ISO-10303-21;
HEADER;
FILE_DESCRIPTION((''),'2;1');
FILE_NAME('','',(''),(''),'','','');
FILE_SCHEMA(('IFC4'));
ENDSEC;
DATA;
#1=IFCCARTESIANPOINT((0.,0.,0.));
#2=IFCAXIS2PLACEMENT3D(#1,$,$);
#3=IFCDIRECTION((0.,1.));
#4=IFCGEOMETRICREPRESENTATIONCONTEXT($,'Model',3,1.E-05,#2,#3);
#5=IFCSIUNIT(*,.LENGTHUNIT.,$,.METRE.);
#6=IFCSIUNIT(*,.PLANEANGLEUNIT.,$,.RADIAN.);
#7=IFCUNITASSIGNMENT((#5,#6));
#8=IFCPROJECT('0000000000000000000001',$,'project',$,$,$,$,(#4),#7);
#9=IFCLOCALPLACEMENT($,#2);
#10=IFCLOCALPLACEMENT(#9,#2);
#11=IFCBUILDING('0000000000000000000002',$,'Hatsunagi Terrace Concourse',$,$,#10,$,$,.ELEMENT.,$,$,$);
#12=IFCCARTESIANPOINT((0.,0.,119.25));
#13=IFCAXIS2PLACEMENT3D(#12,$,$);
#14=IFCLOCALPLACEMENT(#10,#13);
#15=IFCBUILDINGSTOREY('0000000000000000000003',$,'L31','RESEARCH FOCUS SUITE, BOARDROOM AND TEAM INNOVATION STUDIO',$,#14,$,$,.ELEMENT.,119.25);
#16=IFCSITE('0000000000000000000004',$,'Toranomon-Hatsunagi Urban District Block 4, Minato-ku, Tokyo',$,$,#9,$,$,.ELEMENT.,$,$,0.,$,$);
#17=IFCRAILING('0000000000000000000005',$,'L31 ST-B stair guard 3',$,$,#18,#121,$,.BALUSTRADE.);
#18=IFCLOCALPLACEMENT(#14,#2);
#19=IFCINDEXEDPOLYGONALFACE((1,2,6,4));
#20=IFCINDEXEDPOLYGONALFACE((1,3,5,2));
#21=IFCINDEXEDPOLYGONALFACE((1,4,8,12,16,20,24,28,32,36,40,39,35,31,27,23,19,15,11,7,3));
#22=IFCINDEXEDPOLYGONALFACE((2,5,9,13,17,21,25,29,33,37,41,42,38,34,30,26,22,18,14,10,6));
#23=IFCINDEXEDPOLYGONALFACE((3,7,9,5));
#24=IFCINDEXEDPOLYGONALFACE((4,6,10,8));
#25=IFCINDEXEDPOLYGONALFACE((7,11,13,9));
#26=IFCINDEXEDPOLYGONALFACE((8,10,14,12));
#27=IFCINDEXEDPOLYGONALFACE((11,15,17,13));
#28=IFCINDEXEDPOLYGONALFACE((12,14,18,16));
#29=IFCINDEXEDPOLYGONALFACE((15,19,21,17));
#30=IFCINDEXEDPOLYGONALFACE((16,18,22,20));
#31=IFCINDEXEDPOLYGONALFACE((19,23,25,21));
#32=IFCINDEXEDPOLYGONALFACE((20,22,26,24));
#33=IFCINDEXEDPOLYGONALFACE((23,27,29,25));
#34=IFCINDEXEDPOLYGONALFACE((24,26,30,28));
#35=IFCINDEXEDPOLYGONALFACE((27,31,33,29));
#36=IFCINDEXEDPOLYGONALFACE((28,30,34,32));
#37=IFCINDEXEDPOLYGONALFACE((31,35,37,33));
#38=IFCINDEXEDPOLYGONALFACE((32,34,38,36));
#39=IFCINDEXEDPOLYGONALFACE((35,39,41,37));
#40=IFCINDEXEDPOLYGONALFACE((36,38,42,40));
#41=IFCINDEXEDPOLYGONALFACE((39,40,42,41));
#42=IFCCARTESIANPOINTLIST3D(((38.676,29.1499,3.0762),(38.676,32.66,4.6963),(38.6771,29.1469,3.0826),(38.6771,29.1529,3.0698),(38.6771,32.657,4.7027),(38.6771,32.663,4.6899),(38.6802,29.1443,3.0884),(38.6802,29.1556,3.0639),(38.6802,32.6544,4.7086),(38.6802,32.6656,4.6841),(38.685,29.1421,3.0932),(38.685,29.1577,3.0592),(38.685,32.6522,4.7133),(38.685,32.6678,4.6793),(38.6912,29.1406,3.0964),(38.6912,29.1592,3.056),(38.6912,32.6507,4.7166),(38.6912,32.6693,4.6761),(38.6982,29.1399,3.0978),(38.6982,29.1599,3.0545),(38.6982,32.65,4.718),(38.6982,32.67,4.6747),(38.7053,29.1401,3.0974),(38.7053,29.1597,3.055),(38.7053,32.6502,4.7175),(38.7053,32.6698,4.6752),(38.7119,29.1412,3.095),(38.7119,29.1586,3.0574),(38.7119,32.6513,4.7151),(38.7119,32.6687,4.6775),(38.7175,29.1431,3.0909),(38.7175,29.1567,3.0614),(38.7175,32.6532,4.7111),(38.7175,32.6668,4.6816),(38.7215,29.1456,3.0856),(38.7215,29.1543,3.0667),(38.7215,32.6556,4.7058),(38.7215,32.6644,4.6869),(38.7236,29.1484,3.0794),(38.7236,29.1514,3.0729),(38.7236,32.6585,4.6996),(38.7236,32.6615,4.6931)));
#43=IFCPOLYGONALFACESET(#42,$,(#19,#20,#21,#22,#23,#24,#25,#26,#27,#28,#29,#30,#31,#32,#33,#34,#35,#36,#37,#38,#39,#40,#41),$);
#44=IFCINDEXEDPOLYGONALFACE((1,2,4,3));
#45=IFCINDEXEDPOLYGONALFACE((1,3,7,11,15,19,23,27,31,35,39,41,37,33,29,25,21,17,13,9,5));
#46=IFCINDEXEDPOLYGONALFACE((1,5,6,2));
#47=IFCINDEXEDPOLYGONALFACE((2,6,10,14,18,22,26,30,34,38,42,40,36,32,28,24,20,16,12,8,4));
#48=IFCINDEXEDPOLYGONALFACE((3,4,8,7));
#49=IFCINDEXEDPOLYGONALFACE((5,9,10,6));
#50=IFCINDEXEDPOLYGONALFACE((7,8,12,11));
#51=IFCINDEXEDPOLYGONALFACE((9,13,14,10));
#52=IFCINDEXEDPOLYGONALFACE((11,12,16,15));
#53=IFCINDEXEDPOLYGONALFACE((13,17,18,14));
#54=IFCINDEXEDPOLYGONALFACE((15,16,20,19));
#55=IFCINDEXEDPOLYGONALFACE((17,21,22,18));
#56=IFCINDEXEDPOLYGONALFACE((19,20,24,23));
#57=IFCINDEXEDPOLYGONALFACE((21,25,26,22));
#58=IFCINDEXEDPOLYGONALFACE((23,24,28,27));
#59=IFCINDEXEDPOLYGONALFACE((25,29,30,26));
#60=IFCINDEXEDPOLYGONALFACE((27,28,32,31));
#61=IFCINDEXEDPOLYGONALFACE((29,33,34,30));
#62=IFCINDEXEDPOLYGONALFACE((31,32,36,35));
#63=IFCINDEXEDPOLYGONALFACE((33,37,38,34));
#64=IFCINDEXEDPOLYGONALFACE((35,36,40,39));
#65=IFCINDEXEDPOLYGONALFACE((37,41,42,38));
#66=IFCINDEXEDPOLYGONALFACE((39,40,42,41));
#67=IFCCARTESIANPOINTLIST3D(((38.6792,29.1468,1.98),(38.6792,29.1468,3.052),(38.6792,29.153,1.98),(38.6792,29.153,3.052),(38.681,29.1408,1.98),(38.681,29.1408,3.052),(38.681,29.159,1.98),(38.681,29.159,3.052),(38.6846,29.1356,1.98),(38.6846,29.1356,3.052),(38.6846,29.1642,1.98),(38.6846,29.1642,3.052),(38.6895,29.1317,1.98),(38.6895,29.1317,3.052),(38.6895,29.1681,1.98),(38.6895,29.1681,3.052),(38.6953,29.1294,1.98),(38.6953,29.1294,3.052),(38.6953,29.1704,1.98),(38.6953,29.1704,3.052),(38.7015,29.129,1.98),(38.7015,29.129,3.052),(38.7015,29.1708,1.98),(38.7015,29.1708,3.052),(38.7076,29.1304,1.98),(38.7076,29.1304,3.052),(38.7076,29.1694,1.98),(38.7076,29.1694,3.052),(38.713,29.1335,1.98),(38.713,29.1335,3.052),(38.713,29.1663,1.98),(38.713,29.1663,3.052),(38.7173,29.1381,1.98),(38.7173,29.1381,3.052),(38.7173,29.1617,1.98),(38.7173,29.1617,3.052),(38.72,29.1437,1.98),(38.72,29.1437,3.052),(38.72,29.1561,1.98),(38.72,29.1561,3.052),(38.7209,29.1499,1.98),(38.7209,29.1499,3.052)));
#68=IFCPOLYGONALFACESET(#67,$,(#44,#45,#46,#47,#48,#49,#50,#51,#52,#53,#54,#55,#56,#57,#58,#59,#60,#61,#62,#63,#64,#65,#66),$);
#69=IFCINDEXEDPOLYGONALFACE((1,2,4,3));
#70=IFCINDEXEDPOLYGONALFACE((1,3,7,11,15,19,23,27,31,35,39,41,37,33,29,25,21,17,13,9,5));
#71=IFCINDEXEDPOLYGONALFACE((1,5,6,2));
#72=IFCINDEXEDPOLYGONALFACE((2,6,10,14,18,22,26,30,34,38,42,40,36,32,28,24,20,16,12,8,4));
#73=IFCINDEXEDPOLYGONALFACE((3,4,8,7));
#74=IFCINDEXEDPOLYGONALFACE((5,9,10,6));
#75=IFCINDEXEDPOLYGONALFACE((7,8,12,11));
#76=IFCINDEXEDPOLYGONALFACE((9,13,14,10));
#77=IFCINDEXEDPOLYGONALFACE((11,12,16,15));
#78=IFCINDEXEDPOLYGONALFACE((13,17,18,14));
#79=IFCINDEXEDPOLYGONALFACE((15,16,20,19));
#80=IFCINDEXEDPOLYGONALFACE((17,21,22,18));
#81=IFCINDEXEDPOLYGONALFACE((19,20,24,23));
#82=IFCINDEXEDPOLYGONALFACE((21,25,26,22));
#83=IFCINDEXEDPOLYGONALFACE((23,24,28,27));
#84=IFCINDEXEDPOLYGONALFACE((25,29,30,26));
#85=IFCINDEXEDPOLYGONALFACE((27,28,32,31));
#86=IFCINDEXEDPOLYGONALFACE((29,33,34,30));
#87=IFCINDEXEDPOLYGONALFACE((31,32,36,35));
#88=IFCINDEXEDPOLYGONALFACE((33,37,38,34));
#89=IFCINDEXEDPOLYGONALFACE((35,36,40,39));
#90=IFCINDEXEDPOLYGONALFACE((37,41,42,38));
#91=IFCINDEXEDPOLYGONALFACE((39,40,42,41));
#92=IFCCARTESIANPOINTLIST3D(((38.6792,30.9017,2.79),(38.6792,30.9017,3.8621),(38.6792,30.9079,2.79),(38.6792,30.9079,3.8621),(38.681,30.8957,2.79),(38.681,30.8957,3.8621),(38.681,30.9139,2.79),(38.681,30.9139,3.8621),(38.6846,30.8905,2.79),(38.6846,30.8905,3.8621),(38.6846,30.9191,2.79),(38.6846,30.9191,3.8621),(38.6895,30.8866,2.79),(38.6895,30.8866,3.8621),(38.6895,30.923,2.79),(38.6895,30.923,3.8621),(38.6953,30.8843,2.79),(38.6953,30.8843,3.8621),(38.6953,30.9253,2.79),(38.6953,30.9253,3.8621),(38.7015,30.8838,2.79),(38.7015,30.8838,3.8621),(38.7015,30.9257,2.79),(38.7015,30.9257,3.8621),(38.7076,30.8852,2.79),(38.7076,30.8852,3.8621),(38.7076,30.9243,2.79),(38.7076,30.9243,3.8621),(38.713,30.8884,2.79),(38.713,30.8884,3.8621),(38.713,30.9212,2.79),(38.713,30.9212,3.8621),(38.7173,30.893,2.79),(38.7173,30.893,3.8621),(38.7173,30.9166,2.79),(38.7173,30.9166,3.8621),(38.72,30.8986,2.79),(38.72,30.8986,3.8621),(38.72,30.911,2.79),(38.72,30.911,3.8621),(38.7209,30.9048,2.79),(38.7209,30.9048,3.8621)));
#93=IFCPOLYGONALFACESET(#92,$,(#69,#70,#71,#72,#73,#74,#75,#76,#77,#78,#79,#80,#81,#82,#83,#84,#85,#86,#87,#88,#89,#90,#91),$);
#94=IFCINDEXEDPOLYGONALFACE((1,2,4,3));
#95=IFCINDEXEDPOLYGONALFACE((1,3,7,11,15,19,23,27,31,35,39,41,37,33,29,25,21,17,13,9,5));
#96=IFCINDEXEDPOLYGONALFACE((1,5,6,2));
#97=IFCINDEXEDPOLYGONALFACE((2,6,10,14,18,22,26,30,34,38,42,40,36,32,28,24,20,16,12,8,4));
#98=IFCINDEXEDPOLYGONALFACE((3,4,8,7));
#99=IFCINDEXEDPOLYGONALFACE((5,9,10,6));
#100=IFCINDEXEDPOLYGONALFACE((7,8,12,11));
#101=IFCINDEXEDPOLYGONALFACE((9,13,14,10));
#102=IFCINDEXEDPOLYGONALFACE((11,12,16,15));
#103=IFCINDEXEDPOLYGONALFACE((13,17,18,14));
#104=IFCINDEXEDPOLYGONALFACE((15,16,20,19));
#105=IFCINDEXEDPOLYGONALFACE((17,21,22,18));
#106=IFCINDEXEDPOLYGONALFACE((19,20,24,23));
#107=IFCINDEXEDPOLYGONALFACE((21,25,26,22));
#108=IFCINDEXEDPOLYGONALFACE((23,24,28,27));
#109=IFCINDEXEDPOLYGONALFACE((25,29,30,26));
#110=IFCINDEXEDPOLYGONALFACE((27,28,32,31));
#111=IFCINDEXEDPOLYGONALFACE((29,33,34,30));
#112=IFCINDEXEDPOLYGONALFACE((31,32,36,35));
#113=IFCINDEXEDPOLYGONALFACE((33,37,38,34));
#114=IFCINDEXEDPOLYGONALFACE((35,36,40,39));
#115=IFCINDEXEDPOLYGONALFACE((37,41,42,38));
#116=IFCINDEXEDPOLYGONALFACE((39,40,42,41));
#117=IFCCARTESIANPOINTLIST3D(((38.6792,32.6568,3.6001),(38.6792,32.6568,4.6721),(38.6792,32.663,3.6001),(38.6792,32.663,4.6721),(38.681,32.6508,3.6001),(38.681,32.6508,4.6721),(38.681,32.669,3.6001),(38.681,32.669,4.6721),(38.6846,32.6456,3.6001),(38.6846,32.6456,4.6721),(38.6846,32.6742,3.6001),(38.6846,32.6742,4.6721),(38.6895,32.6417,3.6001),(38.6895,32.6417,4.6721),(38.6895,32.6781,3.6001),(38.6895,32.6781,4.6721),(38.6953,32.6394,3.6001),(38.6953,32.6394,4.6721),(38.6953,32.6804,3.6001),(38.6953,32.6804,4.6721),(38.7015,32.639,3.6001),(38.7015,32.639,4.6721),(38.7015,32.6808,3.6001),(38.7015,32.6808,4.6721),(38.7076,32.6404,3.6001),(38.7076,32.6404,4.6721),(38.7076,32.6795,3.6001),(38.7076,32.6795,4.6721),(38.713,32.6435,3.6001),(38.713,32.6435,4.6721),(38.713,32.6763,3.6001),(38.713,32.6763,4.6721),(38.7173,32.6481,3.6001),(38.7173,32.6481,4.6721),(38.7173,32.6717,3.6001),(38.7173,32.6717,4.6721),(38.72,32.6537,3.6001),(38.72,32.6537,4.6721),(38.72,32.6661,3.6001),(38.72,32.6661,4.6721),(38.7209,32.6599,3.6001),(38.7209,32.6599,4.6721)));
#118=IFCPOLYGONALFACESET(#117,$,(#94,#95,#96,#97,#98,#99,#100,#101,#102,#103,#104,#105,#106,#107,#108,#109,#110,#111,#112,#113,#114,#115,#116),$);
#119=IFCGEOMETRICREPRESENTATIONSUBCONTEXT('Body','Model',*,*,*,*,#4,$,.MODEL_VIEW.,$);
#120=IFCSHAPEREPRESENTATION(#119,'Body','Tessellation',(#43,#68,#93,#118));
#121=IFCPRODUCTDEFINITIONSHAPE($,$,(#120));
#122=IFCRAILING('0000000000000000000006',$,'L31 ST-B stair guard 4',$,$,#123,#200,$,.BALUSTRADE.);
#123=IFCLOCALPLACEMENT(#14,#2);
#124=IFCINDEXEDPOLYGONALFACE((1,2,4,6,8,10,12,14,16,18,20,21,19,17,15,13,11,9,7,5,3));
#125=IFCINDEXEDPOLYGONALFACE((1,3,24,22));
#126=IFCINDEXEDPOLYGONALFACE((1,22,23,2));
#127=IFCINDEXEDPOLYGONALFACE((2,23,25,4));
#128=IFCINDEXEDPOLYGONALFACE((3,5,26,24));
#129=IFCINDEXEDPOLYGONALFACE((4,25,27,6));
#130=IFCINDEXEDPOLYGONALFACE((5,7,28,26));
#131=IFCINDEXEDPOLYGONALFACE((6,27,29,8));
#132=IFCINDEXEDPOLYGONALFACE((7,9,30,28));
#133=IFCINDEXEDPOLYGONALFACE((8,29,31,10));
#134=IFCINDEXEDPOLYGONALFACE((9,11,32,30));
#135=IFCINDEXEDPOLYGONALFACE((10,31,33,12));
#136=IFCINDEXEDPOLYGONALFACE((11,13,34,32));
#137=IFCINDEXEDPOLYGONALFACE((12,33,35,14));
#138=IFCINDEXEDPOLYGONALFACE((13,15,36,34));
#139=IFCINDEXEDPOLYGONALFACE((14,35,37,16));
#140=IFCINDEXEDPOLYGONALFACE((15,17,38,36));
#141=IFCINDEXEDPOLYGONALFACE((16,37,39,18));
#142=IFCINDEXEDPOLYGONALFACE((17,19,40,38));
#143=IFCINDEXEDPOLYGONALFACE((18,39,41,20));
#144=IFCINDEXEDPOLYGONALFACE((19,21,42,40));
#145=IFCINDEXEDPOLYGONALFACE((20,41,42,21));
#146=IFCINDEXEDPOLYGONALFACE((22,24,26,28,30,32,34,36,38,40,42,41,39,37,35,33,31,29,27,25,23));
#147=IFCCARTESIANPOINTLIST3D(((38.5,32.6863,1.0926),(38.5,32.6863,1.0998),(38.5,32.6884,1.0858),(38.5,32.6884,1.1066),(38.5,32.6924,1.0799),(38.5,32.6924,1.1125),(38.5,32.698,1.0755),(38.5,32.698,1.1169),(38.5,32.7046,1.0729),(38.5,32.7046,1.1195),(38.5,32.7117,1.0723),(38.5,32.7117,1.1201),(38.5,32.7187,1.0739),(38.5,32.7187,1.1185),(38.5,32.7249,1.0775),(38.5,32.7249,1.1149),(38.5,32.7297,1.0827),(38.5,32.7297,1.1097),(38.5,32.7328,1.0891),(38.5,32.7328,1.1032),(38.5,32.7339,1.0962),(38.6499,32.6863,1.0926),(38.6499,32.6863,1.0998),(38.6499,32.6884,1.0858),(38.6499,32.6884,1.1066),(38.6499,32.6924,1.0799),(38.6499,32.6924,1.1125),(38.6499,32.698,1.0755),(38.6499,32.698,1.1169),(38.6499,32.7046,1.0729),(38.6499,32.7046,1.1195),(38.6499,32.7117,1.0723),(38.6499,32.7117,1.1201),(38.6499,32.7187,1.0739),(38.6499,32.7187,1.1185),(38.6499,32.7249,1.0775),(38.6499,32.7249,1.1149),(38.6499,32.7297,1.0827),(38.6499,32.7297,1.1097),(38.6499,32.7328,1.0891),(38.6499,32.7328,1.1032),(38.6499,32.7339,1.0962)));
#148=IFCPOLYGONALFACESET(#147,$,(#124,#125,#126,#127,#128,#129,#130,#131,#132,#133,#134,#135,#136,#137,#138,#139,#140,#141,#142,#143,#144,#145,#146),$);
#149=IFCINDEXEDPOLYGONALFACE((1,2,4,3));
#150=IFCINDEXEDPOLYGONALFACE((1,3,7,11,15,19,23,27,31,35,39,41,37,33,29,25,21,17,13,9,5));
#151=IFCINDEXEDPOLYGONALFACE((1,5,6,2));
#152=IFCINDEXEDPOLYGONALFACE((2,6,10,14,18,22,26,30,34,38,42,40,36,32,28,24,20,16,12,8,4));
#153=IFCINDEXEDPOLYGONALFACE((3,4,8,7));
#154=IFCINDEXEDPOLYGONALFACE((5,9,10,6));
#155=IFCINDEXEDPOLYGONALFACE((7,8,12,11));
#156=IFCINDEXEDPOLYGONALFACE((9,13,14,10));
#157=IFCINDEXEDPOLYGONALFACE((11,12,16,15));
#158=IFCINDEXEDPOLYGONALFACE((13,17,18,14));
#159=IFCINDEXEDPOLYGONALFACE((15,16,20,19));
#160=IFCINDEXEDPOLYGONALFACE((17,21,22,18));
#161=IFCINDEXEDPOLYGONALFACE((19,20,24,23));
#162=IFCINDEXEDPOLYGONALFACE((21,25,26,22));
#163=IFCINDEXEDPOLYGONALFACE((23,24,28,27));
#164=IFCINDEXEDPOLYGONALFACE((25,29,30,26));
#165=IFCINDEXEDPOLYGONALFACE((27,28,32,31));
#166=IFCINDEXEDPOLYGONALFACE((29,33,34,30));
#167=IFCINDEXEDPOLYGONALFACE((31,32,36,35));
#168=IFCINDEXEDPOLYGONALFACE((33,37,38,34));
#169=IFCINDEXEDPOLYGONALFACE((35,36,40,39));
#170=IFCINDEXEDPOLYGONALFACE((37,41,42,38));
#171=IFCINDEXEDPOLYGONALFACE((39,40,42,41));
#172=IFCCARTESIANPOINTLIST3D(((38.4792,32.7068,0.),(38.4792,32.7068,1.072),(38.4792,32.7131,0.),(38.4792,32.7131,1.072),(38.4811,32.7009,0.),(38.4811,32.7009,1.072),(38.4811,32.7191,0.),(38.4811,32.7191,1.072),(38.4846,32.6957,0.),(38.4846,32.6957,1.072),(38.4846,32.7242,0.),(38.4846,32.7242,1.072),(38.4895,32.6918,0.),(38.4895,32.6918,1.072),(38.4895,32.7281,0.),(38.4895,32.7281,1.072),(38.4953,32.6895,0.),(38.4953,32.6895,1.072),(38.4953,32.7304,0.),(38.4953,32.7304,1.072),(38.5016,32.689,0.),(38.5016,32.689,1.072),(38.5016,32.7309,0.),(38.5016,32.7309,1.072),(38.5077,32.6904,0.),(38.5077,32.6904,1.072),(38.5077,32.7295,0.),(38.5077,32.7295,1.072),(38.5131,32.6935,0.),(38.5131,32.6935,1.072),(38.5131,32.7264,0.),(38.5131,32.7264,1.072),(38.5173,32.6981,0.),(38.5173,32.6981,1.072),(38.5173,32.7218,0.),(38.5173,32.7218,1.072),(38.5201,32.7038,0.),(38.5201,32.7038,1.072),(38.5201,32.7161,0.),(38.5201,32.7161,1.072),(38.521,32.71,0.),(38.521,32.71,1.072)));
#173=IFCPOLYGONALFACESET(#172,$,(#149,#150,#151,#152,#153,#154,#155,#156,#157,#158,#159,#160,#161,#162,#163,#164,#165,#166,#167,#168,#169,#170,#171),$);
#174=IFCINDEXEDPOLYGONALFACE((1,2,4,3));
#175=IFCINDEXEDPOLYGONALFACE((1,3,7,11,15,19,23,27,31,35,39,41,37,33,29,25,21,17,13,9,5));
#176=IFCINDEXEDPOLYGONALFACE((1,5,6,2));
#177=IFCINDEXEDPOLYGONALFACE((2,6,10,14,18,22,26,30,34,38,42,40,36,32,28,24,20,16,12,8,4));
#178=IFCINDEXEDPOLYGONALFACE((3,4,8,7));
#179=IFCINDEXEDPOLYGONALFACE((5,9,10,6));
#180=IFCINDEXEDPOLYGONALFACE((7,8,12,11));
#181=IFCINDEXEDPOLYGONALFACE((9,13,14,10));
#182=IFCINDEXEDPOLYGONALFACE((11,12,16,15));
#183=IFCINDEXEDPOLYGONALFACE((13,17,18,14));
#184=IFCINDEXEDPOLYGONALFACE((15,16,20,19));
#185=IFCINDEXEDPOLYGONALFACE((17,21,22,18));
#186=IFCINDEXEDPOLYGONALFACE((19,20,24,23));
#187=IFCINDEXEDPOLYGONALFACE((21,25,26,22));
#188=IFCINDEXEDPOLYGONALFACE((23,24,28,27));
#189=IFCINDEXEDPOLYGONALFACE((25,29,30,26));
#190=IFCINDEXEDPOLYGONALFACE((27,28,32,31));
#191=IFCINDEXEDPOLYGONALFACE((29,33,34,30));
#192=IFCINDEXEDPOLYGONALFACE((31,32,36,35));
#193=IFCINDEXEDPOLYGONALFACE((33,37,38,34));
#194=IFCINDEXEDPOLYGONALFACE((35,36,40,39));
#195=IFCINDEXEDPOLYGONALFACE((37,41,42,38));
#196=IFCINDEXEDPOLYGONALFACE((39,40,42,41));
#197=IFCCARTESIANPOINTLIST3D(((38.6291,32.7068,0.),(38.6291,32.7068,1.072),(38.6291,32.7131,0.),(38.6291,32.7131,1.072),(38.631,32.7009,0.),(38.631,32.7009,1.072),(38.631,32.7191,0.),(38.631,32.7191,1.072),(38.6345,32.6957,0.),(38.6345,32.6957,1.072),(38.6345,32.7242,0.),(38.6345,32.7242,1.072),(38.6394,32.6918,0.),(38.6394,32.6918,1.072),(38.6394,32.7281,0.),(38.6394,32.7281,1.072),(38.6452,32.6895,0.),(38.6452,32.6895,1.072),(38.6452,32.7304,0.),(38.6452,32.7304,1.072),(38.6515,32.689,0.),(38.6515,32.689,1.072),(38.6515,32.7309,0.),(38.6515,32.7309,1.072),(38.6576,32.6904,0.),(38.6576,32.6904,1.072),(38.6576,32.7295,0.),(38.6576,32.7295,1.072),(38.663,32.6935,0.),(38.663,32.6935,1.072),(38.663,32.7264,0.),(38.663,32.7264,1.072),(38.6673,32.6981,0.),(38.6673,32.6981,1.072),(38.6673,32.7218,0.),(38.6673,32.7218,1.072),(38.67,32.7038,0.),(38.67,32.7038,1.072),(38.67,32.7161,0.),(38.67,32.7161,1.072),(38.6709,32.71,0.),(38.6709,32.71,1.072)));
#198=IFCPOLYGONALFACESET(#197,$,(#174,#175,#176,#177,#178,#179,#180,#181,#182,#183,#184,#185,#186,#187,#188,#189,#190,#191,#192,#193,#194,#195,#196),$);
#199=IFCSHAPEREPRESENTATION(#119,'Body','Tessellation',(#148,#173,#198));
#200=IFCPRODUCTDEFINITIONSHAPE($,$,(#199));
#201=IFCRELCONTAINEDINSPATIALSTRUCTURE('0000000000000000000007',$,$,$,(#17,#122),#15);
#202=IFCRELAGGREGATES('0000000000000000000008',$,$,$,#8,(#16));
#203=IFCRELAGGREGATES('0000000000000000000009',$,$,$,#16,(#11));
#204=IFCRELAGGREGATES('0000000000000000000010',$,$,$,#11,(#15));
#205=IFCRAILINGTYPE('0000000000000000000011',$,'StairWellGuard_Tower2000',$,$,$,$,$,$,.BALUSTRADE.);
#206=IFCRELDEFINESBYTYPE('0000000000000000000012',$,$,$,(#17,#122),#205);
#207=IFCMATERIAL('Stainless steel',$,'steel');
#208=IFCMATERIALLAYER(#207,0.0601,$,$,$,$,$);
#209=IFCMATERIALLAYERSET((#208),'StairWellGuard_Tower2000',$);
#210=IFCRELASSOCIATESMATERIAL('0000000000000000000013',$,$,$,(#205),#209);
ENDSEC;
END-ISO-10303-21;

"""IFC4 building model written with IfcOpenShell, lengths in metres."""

from ifc_helpers import new_model, si_unit, direction, frame, origin, origin_2d, place, context, subcontext, project, spatial, circle, extrude, material, layer, layer_set, type_object, element, save


model = new_model("IFC4")

# Units and contexts
model_context = context("Model", 3, precision=1e-05, world=origin(), true_north=direction((0.0, 1.0)))
body_context = subcontext(model_context, "Body", "Model", "MODEL_VIEW")
ifc_project = project(units=[si_unit("LENGTHUNIT", "METRE"), si_unit("PLANEANGLEUNIT", "RADIAN")], contexts=[model_context])

# Site, building, storey
site_placement = place(None, origin())
site = spatial("IfcSite", under=ifc_project, at=site_placement, Name="Toranomon-Hatsunagi Urban District Block 4, Minato-ku, Tokyo", CompositionType="ELEMENT", RefElevation=0.0)
building_placement = place(site_placement, origin())
building = spatial("IfcBuilding", under=site, at=building_placement, Name="Hatsunagi Terrace Concourse", CompositionType="ELEMENT")
storey_placement = place(building_placement, frame((0.0, 0.0, 119.25)))
storey = spatial("IfcBuildingStorey", under=building, at=storey_placement, Name="L31", Description="RESEARCH FOCUS SUITE, BOARDROOM AND TEAM INNOVATION STUDIO", CompositionType="ELEMENT", Elevation=119.25)

# Railings
ifc_material_1 = material(Name="Stainless steel", Category="steel")
ifc_layer_1 = layer(ifc_material_1, 0.0601)
ifc_layer_set_1 = layer_set([ifc_layer_1], Name="StairWellGuard_Tower2000")
railing_type_1 = type_object("IfcRailingType", Name="StairWellGuard_Tower2000", PredefinedType="BALUSTRADE", material=ifc_layer_set_1)
railing_1_placement = place(storey_placement, frame((38.7, 29.1499, 1.98)))
element("IfcRailing", 1, at=railing_1_placement, inside=storey, type_object=railing_type_1, Name="L31 ST-B stair guard 3", PredefinedType="BALUSTRADE", context=body_context, shape_type="SweptSolid", body=[
    extrude(circle(Radius=0.0239, at=origin_2d()), frame((0.0, 0.0, 1.0962), z_axis=(0.0, 0.907948, 0.419082), x_axis=(-1.0, 0.0, 0.0)), (0.0, 0.0, 1.0), 3.866),
    extrude(circle(Radius=0.021, at=origin_2d()), origin(), (0.0, 0.0, 1.0), 1.072),
    extrude(circle(Radius=0.021, at=origin_2d()), frame((0.0, 1.7549, 0.8101)), (0.0, 0.0, 1.0), 1.072),
    extrude(circle(Radius=0.021, at=origin_2d()), frame((0.0, 3.51, 1.6201)), (0.0, 0.0, 1.0), 1.072),
])
railing_2_placement = place(storey_placement, frame((38.5, 32.71, 0.0)))
element("IfcRailing", 2, at=railing_2_placement, inside=storey, type_object=railing_type_1, Name="L31 ST-B stair guard 4", PredefinedType="BALUSTRADE", context=body_context, shape_type="SweptSolid", body=[
    extrude(circle(Radius=0.0239, at=origin_2d()), frame((0.0, 0.0, 1.0962), z_axis=(1.0, 0.0, 0.0), x_axis=(0.0, 1.0, 0.0)), (0.0, 0.0, 1.0), 0.1499),
    extrude(circle(Radius=0.021, at=origin_2d()), origin(), (0.0, 0.0, 1.0), 1.072),
    extrude(circle(Radius=0.021, at=origin_2d()), frame((0.1499, 0.0, 0.0)), (0.0, 0.0, 1.0), 1.072),
])

save(model, "model.ifc")
